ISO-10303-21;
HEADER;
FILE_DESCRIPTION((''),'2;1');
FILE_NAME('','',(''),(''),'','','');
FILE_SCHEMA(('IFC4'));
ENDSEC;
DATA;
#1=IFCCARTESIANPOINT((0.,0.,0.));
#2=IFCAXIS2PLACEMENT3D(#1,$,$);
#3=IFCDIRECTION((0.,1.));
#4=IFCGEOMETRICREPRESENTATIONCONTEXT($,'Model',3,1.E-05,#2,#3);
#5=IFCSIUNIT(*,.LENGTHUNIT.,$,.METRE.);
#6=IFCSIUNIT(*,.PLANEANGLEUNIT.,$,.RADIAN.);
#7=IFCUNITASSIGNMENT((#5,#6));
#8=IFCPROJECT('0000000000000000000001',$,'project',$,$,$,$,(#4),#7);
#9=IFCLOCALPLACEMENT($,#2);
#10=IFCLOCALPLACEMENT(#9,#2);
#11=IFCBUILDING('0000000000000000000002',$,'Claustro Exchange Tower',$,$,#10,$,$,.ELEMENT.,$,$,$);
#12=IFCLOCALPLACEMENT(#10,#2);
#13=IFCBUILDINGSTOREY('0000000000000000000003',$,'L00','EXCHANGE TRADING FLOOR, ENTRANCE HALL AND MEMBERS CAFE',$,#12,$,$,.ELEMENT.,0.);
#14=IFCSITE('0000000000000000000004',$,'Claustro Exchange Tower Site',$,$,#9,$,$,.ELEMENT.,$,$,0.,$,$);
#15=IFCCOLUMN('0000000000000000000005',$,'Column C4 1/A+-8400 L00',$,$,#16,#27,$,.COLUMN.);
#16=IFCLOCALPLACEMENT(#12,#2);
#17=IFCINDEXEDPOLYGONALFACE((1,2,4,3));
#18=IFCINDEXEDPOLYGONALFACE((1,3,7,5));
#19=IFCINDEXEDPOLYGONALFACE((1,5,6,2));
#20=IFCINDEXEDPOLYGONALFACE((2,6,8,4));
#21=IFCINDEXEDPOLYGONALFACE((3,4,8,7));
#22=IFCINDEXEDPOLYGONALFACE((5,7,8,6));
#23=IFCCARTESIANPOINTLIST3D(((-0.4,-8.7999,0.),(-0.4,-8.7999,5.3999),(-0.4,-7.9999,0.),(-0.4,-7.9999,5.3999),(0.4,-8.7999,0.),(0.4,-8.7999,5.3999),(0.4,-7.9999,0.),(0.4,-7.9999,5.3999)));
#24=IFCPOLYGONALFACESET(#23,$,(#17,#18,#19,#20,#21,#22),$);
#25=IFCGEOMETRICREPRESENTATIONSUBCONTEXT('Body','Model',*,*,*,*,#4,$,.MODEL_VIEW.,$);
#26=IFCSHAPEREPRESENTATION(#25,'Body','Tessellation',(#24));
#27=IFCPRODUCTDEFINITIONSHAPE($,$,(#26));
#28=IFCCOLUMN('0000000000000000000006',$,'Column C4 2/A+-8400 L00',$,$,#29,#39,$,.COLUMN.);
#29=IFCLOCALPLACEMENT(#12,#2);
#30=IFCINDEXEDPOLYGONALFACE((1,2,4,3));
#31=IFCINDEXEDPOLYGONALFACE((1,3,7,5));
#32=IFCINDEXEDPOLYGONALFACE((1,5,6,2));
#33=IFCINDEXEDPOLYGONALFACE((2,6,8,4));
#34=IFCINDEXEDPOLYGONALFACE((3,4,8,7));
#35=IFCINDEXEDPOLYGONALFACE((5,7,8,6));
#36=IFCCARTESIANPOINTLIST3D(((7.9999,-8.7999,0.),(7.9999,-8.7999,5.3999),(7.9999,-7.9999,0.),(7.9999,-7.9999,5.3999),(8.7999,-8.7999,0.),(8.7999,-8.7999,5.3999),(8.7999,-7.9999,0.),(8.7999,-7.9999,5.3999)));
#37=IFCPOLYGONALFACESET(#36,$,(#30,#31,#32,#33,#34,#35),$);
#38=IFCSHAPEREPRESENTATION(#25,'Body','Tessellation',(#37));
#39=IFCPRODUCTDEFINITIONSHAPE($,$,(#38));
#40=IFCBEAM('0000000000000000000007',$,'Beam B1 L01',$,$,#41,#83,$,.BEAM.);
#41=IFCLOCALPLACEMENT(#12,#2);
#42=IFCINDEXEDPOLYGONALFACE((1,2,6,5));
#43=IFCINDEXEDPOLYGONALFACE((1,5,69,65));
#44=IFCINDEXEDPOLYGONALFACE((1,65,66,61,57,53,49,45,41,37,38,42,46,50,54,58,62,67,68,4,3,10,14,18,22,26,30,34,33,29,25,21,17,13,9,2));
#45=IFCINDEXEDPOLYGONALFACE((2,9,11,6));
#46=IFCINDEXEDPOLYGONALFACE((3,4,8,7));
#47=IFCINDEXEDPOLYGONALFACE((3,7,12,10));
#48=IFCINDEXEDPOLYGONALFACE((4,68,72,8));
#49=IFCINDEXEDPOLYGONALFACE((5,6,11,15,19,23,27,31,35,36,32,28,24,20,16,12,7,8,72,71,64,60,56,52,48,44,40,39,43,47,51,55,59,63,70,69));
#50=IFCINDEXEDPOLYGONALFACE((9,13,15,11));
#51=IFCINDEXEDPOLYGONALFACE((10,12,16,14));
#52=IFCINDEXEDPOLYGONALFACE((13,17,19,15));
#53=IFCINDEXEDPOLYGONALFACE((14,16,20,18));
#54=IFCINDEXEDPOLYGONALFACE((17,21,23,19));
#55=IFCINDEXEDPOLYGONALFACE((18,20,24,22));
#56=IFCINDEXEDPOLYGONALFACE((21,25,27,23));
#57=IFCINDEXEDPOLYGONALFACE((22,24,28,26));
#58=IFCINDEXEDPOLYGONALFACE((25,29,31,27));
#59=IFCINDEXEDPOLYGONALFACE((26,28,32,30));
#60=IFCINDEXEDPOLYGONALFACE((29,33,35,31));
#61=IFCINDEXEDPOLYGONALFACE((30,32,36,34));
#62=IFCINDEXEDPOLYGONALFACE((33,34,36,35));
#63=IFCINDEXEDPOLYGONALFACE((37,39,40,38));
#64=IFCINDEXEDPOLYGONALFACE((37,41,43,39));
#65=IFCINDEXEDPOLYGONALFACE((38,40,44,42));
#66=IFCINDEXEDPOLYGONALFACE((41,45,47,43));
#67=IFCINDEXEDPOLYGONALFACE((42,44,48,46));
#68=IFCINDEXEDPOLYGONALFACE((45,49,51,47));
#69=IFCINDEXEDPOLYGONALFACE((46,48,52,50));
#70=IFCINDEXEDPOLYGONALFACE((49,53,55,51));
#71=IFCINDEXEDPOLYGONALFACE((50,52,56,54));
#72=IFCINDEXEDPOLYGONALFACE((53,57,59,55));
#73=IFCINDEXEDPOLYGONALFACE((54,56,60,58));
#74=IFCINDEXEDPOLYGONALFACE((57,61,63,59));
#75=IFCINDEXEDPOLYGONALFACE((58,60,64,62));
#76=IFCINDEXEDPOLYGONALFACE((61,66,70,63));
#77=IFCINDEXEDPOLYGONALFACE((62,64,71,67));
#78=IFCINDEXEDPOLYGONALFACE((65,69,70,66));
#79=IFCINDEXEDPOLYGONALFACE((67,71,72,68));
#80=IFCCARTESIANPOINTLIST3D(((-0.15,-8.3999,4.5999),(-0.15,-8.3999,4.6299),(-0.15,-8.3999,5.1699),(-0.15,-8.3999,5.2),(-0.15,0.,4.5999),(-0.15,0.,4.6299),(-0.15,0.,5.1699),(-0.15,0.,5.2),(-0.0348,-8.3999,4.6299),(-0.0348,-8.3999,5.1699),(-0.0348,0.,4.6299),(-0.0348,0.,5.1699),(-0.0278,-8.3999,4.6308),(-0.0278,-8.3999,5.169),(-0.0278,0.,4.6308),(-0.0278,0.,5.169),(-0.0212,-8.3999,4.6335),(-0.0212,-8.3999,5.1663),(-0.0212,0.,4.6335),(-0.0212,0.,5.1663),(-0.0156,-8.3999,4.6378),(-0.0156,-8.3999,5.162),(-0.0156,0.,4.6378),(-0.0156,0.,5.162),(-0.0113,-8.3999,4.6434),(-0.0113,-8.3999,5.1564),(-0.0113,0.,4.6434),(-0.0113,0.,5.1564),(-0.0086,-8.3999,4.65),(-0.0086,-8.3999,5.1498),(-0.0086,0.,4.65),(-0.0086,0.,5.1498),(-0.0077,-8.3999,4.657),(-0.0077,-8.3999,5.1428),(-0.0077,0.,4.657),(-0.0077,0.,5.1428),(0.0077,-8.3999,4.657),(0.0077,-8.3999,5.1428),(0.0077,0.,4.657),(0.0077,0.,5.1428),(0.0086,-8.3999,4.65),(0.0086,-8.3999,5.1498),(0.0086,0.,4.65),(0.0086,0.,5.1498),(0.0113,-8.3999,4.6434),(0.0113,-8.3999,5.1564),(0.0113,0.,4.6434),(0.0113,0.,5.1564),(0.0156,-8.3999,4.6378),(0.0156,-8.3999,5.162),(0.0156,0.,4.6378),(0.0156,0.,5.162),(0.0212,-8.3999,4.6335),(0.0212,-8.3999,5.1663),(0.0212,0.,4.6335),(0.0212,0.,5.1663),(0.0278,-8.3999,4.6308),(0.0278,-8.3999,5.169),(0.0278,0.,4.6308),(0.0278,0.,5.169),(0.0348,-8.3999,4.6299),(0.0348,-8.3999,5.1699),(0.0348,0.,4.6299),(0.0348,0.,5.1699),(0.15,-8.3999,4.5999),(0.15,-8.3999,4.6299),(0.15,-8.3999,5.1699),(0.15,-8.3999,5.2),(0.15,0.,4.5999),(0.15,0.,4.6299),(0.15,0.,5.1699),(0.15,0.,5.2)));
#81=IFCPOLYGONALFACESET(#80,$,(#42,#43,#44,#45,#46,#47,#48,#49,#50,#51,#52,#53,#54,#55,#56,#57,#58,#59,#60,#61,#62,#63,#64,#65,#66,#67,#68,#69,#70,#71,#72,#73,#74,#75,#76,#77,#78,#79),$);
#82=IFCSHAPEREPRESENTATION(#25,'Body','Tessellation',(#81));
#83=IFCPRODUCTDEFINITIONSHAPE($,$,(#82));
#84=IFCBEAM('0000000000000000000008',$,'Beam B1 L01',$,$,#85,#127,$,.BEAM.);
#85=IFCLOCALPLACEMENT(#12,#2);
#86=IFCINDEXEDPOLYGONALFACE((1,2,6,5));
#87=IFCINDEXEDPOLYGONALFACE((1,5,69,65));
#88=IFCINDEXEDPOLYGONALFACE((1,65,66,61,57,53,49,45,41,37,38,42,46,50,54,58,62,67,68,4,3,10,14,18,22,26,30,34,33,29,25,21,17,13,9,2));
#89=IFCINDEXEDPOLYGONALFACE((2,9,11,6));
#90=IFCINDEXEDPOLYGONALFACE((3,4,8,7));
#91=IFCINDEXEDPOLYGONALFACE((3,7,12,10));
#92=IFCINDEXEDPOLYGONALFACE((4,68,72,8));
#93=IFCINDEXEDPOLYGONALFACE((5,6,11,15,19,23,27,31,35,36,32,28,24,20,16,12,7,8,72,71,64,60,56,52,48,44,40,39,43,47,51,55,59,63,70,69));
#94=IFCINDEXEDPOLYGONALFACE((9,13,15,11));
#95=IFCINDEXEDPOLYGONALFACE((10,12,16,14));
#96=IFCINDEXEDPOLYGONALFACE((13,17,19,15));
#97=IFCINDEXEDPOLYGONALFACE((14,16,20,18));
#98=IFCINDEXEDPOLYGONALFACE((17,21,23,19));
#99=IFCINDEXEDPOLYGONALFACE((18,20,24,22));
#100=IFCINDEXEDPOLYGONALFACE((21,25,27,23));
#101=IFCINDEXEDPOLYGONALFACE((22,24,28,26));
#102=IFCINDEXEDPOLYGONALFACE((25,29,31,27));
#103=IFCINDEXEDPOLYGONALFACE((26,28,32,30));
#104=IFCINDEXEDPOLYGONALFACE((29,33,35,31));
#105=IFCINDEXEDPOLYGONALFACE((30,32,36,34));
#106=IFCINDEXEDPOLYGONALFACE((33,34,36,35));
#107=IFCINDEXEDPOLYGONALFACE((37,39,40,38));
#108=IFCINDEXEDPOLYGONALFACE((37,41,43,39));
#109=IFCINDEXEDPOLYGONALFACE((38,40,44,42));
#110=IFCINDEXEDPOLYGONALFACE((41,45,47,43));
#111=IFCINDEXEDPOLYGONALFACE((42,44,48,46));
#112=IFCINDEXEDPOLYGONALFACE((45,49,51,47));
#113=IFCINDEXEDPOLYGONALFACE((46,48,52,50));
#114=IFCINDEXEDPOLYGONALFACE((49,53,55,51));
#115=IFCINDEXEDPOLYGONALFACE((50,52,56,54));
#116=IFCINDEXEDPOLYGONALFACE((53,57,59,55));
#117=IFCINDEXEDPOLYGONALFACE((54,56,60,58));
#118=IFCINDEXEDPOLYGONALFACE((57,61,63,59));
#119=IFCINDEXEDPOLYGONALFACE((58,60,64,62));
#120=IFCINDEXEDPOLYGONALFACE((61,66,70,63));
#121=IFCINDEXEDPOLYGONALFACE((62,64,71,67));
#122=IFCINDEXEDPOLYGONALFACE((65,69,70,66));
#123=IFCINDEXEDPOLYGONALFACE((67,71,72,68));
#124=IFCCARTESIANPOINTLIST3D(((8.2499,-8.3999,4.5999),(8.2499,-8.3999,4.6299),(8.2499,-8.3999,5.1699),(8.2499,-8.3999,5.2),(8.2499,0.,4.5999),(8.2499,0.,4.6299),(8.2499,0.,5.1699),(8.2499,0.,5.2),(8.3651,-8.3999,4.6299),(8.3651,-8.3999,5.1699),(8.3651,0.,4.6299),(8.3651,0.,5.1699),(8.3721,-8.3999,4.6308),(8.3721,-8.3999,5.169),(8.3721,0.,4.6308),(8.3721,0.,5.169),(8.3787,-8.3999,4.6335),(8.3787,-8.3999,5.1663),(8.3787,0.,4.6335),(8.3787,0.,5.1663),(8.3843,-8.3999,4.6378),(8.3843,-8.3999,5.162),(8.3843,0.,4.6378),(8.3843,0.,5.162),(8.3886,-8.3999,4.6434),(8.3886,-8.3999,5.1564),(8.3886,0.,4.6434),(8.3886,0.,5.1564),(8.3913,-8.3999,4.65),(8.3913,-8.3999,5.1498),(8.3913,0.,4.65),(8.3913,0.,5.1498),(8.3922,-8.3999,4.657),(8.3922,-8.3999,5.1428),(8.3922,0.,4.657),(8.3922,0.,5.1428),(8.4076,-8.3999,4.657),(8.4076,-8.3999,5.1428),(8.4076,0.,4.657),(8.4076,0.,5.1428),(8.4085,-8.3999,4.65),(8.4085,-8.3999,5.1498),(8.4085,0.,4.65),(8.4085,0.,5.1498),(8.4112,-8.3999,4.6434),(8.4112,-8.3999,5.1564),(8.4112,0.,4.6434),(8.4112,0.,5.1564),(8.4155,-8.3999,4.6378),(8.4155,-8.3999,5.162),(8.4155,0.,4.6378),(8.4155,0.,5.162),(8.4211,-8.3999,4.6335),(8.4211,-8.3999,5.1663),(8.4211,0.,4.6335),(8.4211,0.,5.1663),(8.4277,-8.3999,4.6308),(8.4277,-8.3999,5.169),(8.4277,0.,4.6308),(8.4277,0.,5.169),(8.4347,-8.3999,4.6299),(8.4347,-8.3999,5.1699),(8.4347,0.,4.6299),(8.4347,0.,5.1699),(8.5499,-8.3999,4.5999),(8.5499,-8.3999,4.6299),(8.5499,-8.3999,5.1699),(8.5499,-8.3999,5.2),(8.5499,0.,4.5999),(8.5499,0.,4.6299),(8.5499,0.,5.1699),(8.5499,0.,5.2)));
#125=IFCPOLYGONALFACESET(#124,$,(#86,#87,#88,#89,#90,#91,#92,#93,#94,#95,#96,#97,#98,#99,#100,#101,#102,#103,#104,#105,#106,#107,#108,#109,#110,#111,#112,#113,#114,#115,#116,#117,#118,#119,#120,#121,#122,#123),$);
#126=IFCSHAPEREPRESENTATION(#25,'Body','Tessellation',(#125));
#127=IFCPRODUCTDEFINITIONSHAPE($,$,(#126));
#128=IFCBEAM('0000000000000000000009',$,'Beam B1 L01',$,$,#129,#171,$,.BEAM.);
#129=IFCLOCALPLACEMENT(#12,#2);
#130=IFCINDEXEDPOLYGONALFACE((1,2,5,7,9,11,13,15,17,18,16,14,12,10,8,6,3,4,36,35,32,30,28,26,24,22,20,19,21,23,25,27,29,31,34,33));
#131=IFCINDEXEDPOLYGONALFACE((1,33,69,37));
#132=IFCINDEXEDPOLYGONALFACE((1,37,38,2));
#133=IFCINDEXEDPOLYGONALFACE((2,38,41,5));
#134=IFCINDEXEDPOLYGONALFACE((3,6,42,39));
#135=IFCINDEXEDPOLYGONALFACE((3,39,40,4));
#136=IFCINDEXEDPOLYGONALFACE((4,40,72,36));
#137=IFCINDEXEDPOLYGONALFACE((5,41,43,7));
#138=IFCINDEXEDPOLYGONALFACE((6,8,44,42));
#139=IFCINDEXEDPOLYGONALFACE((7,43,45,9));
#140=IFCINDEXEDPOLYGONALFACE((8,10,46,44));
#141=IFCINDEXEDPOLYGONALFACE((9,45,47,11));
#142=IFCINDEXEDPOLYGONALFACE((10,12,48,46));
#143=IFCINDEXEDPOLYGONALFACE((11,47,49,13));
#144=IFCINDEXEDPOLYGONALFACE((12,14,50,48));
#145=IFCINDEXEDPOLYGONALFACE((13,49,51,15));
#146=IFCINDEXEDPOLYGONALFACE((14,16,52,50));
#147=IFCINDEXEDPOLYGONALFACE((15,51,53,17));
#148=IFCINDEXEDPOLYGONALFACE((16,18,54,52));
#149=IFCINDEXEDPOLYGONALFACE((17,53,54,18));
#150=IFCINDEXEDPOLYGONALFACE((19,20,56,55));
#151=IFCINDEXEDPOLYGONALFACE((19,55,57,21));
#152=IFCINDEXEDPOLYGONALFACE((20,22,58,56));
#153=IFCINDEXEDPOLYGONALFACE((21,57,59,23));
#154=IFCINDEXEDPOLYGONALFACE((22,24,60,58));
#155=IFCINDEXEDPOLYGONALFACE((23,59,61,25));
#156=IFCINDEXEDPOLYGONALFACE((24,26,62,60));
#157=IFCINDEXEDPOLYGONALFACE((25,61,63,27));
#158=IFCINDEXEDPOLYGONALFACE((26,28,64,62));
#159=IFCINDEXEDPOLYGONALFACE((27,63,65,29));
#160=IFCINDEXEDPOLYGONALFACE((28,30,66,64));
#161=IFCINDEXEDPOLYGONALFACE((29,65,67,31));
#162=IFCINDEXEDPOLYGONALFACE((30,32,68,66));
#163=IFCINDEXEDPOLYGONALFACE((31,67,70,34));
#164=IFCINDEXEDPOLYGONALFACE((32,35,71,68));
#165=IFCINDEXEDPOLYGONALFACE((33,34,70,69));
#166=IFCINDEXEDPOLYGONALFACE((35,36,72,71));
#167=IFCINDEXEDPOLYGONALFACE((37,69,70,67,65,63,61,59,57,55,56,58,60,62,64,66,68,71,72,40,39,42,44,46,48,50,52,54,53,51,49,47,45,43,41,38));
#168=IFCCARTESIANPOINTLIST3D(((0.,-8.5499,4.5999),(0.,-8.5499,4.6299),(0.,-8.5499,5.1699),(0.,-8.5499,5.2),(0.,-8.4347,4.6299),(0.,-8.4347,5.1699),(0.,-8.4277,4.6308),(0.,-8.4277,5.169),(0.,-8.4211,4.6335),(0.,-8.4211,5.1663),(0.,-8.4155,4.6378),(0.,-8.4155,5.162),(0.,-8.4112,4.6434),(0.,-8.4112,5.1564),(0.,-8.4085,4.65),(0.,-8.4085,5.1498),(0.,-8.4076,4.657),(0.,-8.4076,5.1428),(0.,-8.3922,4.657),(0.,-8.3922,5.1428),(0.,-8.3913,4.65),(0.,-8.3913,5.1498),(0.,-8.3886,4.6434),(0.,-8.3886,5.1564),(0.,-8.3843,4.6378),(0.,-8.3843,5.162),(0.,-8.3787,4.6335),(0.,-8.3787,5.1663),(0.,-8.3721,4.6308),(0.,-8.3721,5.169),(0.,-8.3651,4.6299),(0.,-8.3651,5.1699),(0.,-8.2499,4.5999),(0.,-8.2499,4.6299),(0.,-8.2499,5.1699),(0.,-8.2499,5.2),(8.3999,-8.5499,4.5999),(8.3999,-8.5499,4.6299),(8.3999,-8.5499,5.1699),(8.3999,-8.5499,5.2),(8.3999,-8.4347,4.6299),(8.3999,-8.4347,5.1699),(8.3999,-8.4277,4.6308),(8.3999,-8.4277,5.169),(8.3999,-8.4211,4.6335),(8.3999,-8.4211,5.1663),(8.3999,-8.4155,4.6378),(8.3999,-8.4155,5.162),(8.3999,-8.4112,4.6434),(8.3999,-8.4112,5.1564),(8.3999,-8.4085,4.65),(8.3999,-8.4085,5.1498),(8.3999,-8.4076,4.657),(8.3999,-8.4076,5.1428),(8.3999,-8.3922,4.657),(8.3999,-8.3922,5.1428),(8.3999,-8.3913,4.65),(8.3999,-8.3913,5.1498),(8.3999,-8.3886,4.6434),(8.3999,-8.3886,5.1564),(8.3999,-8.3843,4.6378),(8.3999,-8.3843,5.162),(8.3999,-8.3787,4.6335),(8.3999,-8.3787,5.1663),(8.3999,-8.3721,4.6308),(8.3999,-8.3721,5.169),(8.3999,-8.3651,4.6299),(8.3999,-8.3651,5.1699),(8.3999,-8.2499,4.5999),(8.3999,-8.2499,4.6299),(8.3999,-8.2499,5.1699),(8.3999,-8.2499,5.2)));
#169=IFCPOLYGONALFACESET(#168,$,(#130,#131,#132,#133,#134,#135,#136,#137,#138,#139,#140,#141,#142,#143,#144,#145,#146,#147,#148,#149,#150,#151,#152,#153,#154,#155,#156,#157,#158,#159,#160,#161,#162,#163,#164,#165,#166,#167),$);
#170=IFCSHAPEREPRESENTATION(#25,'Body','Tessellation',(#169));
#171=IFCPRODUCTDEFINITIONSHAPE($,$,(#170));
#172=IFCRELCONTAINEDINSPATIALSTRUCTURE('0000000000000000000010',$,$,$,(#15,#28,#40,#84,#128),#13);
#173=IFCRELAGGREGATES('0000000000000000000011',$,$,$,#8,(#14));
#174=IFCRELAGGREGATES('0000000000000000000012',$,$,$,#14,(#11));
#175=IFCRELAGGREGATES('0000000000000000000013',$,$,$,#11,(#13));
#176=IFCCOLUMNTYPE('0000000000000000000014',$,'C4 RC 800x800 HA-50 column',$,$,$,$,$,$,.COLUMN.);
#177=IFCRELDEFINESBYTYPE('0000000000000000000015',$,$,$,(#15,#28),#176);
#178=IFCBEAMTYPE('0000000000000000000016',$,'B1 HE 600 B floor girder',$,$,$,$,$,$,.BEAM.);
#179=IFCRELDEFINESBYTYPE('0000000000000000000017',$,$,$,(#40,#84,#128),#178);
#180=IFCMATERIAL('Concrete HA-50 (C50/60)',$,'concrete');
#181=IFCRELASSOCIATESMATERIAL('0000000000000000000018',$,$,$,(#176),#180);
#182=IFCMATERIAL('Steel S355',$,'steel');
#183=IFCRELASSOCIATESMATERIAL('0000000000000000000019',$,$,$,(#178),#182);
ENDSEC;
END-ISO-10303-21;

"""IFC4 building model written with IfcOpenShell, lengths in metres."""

from ifc_helpers import new_model, si_unit, direction, frame, origin, origin_2d, place, context, subcontext, project, spatial, rectangle, i_section, extrude, material, material_profile, profile_set, type_object, element, save


model = new_model("IFC4")

# Units and contexts
model_context = context("Model", 3, precision=1e-05, world=origin(), true_north=direction((0.0, 1.0)))
body_context = subcontext(model_context, "Body", "Model", "MODEL_VIEW")
ifc_project = project(units=[si_unit("LENGTHUNIT", "METRE"), si_unit("PLANEANGLEUNIT", "RADIAN")], contexts=[model_context])

# Site, building, storey
site_placement = place(None, origin())
site = spatial("IfcSite", under=ifc_project, at=site_placement, Name="Claustro Exchange Tower Site", CompositionType="ELEMENT", RefElevation=0.0)
building_placement = place(site_placement, origin())
building = spatial("IfcBuilding", under=site, at=building_placement, Name="Claustro Exchange Tower", CompositionType="ELEMENT")
storey_placement = place(building_placement, origin())
storey = spatial("IfcBuildingStorey", under=building, at=storey_placement, Name="L00", Description="EXCHANGE TRADING FLOOR, ENTRANCE HALL AND MEMBERS CAFE", CompositionType="ELEMENT", Elevation=0.0)

# Columns
ifc_material_1 = material(Name="Concrete HA-50 (C50/60)", Category="concrete")
ifc_material_profile_1 = material_profile(ifc_material_1, rectangle(XDim=0.8, YDim=0.8, at=origin_2d()), Name="RC 800x800")
ifc_profile_set_1 = profile_set([ifc_material_profile_1], Name="Concrete HA-50 (C50/60)")
column_type = type_object("IfcColumnType", Name="C4 RC 800x800 HA-50 column", PredefinedType="COLUMN", material=ifc_profile_set_1)
for number, where, z_axis, x_axis, name in (
    (1, (0.0, -8.3999, 0.0), (0.0, 0.0, 1.0), (1.0, 0.0, 0.0), "Column C4 1/A+-8400 L00"),
    (2, (8.3999, -8.3999, 0.0), (0.0, 0.0, 1.0), (1.0, 0.0, 0.0), "Column C4 2/A+-8400 L00"),
):
    element("IfcColumn", number, at=place(storey_placement, frame(where, z_axis=z_axis, x_axis=x_axis)), inside=storey, type_object=column_type, Name=name, PredefinedType="COLUMN", context=body_context, shape_type="SweptSolid", body=[
        extrude(rectangle(XDim=0.8, YDim=0.8, at=origin_2d()), origin(), (0.0, 0.0, 1.0), 5.3999),
    ])

# Beams
ifc_material_2 = material(Name="Steel S355", Category="steel")
ifc_material_profile_2 = material_profile(ifc_material_2, i_section(OverallWidth=0.3, OverallDepth=0.6001, WebThickness=0.0154, FlangeThickness=0.03, FilletRadius=0.0271, at=origin_2d()), Name="HE 600 B")
ifc_profile_set_2 = profile_set([ifc_material_profile_2], Name="Steel S355")
beam_type_1 = type_object("IfcBeamType", Name="B1 HE 600 B floor girder", PredefinedType="BEAM", material=ifc_profile_set_2)
for number, where, z_axis, x_axis, name in (
    (3, (0.0, -8.3999, 4.8999), (0.0, 1.0, 0.0), (-1.0, 0.0, 0.0), "Beam B1 L01"),
    (4, (8.3999, -8.3999, 4.8999), (0.0, 1.0, 0.0), (-1.0, 0.0, 0.0), "Beam B1 L01"),
    (5, (0.0, -8.3999, 4.8999), (1.0, 0.0, 0.0), (0.0, 1.0, 0.0), "Beam B1 L01"),
):
    element("IfcBeam", number, at=place(storey_placement, frame(where, z_axis=z_axis, x_axis=x_axis)), inside=storey, type_object=beam_type_1, Name=name, PredefinedType="BEAM", context=body_context, shape_type="SweptSolid", body=[
        extrude(i_section(OverallWidth=0.3, OverallDepth=0.6001, WebThickness=0.0154, FlangeThickness=0.03, FilletRadius=0.0271, at=origin_2d()), origin(), (0.0, 0.0, 1.0), 8.3999),
    ])

save(model, "model.ifc")
